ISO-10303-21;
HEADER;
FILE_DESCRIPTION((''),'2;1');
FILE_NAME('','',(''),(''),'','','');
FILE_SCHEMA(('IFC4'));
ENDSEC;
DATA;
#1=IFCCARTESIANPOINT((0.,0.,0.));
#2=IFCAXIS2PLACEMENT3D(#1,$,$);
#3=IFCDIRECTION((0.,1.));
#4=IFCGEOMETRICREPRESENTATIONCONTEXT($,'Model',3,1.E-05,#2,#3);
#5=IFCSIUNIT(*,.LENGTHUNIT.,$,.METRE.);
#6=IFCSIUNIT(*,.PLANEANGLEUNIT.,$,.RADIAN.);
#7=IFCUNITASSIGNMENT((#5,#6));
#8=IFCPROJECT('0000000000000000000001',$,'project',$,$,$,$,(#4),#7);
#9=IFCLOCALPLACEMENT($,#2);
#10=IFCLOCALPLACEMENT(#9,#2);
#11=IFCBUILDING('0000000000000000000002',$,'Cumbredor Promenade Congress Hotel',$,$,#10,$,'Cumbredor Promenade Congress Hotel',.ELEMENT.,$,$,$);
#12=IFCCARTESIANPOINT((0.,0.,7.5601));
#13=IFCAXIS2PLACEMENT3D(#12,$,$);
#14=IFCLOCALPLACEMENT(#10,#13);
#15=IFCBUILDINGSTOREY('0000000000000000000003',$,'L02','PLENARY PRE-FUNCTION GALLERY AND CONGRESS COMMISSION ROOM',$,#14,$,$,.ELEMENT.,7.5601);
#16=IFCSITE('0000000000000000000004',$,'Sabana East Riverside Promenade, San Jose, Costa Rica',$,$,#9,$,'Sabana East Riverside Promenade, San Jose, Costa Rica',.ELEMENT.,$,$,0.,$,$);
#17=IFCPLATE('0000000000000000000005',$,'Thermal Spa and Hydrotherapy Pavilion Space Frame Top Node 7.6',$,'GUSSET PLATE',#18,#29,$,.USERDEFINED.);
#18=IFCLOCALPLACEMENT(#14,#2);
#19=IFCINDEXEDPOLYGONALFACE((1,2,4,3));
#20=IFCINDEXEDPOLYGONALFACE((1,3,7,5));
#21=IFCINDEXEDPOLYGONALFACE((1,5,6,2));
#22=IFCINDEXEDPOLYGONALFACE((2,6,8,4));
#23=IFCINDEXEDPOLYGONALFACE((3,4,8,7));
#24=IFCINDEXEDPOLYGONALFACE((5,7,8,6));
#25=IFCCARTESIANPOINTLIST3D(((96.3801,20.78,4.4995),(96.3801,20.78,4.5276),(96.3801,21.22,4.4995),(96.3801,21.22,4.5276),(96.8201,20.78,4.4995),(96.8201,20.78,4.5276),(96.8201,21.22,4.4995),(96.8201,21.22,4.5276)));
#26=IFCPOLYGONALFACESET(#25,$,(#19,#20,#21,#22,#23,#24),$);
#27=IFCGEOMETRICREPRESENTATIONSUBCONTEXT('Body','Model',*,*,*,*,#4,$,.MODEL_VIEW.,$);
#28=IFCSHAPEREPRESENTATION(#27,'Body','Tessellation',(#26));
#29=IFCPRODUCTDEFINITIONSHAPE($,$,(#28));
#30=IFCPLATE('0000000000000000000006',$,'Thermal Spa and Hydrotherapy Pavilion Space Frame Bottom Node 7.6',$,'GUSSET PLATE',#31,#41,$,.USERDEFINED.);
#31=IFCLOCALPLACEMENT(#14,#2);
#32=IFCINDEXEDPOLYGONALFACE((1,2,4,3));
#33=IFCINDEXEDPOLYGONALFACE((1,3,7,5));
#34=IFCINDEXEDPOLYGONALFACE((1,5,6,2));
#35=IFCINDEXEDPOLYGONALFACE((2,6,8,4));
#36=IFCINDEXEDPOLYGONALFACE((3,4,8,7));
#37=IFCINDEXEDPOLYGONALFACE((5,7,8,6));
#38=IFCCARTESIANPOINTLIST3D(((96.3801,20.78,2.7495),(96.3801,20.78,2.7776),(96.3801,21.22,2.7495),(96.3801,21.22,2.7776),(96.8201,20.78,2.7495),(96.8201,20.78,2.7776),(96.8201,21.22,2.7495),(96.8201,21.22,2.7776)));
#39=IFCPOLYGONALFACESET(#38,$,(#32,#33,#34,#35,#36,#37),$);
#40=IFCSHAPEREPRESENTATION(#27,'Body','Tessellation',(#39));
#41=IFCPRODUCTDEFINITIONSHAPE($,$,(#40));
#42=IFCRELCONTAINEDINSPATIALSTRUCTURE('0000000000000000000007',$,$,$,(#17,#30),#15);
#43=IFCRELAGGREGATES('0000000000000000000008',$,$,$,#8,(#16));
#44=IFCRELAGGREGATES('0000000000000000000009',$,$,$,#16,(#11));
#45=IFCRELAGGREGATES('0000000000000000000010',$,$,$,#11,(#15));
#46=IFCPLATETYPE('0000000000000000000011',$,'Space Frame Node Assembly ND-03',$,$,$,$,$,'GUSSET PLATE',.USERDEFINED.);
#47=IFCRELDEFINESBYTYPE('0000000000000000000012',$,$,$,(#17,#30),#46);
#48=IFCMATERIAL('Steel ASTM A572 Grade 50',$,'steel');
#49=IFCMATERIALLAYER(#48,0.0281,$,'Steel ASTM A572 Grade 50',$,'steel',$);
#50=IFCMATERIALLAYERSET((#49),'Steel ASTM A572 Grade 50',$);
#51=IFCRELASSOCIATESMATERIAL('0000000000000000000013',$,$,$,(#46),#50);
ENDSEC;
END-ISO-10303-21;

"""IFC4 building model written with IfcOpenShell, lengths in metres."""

from ifc_helpers import new_model, si_unit, direction, frame, origin, origin_2d, place, context, subcontext, project, spatial, rectangle, extrude, material, layer, layer_set, type_object, element, save


model = new_model("IFC4")

# Units and contexts
model_context = context("Model", 3, precision=1e-05, world=origin(), true_north=direction((0.0, 1.0)))
body_context = subcontext(model_context, "Body", "Model", "MODEL_VIEW")
ifc_project = project(units=[si_unit("LENGTHUNIT", "METRE"), si_unit("PLANEANGLEUNIT", "RADIAN")], contexts=[model_context])

# Site, building, storey
site_placement = place(None, origin())
site = spatial("IfcSite", under=ifc_project, at=site_placement, Name="Sabana East Riverside Promenade, San Jose, Costa Rica", LongName="Sabana East Riverside Promenade, San Jose, Costa Rica", CompositionType="ELEMENT", RefElevation=0.0)
building_placement = place(site_placement, origin())
building = spatial("IfcBuilding", under=site, at=building_placement, Name="Cumbredor Promenade Congress Hotel", LongName="Cumbredor Promenade Congress Hotel", CompositionType="ELEMENT")
storey_placement = place(building_placement, frame((0.0, 0.0, 7.5601)))
storey = spatial("IfcBuildingStorey", under=building, at=storey_placement, Name="L02", Description="PLENARY PRE-FUNCTION GALLERY AND CONGRESS COMMISSION ROOM", CompositionType="ELEMENT", Elevation=7.5601)

# Plates
ifc_material_1 = material(Name="Steel ASTM A572 Grade 50", Category="steel")
ifc_layer = layer(ifc_material_1, 0.0281, Name="Steel ASTM A572 Grade 50", Category="steel")
ifc_layer_set = layer_set([ifc_layer], Name="Steel ASTM A572 Grade 50")
plate_type = type_object("IfcPlateType", Name="Space Frame Node Assembly ND-03", ElementType="GUSSET PLATE", PredefinedType="USERDEFINED", material=ifc_layer_set)
for number, where, z_axis, x_axis, name in (
    (1, (96.6001, 21.0, 4.4995), (0.0, 0.0, 1.0), (1.0, 0.0, 0.0), "Thermal Spa and Hydrotherapy Pavilion Space Frame Top Node 7.6"),
    (2, (96.6001, 21.0, 2.7495), (0.0, 0.0, 1.0), (1.0, 0.0, 0.0), "Thermal Spa and Hydrotherapy Pavilion Space Frame Bottom Node 7.6"),
):
    element("IfcPlate", number, at=place(storey_placement, frame(where, z_axis=z_axis, x_axis=x_axis)), inside=storey, type_object=plate_type, Name=name, ObjectType="GUSSET PLATE", PredefinedType="USERDEFINED", context=body_context, shape_type="SweptSolid", body=[
        extrude(rectangle(XDim=0.4399, YDim=0.4399, at=origin_2d()), origin(), (0.0, 0.0, 1.0), 0.0281),
    ])

save(model, "model.ifc")
